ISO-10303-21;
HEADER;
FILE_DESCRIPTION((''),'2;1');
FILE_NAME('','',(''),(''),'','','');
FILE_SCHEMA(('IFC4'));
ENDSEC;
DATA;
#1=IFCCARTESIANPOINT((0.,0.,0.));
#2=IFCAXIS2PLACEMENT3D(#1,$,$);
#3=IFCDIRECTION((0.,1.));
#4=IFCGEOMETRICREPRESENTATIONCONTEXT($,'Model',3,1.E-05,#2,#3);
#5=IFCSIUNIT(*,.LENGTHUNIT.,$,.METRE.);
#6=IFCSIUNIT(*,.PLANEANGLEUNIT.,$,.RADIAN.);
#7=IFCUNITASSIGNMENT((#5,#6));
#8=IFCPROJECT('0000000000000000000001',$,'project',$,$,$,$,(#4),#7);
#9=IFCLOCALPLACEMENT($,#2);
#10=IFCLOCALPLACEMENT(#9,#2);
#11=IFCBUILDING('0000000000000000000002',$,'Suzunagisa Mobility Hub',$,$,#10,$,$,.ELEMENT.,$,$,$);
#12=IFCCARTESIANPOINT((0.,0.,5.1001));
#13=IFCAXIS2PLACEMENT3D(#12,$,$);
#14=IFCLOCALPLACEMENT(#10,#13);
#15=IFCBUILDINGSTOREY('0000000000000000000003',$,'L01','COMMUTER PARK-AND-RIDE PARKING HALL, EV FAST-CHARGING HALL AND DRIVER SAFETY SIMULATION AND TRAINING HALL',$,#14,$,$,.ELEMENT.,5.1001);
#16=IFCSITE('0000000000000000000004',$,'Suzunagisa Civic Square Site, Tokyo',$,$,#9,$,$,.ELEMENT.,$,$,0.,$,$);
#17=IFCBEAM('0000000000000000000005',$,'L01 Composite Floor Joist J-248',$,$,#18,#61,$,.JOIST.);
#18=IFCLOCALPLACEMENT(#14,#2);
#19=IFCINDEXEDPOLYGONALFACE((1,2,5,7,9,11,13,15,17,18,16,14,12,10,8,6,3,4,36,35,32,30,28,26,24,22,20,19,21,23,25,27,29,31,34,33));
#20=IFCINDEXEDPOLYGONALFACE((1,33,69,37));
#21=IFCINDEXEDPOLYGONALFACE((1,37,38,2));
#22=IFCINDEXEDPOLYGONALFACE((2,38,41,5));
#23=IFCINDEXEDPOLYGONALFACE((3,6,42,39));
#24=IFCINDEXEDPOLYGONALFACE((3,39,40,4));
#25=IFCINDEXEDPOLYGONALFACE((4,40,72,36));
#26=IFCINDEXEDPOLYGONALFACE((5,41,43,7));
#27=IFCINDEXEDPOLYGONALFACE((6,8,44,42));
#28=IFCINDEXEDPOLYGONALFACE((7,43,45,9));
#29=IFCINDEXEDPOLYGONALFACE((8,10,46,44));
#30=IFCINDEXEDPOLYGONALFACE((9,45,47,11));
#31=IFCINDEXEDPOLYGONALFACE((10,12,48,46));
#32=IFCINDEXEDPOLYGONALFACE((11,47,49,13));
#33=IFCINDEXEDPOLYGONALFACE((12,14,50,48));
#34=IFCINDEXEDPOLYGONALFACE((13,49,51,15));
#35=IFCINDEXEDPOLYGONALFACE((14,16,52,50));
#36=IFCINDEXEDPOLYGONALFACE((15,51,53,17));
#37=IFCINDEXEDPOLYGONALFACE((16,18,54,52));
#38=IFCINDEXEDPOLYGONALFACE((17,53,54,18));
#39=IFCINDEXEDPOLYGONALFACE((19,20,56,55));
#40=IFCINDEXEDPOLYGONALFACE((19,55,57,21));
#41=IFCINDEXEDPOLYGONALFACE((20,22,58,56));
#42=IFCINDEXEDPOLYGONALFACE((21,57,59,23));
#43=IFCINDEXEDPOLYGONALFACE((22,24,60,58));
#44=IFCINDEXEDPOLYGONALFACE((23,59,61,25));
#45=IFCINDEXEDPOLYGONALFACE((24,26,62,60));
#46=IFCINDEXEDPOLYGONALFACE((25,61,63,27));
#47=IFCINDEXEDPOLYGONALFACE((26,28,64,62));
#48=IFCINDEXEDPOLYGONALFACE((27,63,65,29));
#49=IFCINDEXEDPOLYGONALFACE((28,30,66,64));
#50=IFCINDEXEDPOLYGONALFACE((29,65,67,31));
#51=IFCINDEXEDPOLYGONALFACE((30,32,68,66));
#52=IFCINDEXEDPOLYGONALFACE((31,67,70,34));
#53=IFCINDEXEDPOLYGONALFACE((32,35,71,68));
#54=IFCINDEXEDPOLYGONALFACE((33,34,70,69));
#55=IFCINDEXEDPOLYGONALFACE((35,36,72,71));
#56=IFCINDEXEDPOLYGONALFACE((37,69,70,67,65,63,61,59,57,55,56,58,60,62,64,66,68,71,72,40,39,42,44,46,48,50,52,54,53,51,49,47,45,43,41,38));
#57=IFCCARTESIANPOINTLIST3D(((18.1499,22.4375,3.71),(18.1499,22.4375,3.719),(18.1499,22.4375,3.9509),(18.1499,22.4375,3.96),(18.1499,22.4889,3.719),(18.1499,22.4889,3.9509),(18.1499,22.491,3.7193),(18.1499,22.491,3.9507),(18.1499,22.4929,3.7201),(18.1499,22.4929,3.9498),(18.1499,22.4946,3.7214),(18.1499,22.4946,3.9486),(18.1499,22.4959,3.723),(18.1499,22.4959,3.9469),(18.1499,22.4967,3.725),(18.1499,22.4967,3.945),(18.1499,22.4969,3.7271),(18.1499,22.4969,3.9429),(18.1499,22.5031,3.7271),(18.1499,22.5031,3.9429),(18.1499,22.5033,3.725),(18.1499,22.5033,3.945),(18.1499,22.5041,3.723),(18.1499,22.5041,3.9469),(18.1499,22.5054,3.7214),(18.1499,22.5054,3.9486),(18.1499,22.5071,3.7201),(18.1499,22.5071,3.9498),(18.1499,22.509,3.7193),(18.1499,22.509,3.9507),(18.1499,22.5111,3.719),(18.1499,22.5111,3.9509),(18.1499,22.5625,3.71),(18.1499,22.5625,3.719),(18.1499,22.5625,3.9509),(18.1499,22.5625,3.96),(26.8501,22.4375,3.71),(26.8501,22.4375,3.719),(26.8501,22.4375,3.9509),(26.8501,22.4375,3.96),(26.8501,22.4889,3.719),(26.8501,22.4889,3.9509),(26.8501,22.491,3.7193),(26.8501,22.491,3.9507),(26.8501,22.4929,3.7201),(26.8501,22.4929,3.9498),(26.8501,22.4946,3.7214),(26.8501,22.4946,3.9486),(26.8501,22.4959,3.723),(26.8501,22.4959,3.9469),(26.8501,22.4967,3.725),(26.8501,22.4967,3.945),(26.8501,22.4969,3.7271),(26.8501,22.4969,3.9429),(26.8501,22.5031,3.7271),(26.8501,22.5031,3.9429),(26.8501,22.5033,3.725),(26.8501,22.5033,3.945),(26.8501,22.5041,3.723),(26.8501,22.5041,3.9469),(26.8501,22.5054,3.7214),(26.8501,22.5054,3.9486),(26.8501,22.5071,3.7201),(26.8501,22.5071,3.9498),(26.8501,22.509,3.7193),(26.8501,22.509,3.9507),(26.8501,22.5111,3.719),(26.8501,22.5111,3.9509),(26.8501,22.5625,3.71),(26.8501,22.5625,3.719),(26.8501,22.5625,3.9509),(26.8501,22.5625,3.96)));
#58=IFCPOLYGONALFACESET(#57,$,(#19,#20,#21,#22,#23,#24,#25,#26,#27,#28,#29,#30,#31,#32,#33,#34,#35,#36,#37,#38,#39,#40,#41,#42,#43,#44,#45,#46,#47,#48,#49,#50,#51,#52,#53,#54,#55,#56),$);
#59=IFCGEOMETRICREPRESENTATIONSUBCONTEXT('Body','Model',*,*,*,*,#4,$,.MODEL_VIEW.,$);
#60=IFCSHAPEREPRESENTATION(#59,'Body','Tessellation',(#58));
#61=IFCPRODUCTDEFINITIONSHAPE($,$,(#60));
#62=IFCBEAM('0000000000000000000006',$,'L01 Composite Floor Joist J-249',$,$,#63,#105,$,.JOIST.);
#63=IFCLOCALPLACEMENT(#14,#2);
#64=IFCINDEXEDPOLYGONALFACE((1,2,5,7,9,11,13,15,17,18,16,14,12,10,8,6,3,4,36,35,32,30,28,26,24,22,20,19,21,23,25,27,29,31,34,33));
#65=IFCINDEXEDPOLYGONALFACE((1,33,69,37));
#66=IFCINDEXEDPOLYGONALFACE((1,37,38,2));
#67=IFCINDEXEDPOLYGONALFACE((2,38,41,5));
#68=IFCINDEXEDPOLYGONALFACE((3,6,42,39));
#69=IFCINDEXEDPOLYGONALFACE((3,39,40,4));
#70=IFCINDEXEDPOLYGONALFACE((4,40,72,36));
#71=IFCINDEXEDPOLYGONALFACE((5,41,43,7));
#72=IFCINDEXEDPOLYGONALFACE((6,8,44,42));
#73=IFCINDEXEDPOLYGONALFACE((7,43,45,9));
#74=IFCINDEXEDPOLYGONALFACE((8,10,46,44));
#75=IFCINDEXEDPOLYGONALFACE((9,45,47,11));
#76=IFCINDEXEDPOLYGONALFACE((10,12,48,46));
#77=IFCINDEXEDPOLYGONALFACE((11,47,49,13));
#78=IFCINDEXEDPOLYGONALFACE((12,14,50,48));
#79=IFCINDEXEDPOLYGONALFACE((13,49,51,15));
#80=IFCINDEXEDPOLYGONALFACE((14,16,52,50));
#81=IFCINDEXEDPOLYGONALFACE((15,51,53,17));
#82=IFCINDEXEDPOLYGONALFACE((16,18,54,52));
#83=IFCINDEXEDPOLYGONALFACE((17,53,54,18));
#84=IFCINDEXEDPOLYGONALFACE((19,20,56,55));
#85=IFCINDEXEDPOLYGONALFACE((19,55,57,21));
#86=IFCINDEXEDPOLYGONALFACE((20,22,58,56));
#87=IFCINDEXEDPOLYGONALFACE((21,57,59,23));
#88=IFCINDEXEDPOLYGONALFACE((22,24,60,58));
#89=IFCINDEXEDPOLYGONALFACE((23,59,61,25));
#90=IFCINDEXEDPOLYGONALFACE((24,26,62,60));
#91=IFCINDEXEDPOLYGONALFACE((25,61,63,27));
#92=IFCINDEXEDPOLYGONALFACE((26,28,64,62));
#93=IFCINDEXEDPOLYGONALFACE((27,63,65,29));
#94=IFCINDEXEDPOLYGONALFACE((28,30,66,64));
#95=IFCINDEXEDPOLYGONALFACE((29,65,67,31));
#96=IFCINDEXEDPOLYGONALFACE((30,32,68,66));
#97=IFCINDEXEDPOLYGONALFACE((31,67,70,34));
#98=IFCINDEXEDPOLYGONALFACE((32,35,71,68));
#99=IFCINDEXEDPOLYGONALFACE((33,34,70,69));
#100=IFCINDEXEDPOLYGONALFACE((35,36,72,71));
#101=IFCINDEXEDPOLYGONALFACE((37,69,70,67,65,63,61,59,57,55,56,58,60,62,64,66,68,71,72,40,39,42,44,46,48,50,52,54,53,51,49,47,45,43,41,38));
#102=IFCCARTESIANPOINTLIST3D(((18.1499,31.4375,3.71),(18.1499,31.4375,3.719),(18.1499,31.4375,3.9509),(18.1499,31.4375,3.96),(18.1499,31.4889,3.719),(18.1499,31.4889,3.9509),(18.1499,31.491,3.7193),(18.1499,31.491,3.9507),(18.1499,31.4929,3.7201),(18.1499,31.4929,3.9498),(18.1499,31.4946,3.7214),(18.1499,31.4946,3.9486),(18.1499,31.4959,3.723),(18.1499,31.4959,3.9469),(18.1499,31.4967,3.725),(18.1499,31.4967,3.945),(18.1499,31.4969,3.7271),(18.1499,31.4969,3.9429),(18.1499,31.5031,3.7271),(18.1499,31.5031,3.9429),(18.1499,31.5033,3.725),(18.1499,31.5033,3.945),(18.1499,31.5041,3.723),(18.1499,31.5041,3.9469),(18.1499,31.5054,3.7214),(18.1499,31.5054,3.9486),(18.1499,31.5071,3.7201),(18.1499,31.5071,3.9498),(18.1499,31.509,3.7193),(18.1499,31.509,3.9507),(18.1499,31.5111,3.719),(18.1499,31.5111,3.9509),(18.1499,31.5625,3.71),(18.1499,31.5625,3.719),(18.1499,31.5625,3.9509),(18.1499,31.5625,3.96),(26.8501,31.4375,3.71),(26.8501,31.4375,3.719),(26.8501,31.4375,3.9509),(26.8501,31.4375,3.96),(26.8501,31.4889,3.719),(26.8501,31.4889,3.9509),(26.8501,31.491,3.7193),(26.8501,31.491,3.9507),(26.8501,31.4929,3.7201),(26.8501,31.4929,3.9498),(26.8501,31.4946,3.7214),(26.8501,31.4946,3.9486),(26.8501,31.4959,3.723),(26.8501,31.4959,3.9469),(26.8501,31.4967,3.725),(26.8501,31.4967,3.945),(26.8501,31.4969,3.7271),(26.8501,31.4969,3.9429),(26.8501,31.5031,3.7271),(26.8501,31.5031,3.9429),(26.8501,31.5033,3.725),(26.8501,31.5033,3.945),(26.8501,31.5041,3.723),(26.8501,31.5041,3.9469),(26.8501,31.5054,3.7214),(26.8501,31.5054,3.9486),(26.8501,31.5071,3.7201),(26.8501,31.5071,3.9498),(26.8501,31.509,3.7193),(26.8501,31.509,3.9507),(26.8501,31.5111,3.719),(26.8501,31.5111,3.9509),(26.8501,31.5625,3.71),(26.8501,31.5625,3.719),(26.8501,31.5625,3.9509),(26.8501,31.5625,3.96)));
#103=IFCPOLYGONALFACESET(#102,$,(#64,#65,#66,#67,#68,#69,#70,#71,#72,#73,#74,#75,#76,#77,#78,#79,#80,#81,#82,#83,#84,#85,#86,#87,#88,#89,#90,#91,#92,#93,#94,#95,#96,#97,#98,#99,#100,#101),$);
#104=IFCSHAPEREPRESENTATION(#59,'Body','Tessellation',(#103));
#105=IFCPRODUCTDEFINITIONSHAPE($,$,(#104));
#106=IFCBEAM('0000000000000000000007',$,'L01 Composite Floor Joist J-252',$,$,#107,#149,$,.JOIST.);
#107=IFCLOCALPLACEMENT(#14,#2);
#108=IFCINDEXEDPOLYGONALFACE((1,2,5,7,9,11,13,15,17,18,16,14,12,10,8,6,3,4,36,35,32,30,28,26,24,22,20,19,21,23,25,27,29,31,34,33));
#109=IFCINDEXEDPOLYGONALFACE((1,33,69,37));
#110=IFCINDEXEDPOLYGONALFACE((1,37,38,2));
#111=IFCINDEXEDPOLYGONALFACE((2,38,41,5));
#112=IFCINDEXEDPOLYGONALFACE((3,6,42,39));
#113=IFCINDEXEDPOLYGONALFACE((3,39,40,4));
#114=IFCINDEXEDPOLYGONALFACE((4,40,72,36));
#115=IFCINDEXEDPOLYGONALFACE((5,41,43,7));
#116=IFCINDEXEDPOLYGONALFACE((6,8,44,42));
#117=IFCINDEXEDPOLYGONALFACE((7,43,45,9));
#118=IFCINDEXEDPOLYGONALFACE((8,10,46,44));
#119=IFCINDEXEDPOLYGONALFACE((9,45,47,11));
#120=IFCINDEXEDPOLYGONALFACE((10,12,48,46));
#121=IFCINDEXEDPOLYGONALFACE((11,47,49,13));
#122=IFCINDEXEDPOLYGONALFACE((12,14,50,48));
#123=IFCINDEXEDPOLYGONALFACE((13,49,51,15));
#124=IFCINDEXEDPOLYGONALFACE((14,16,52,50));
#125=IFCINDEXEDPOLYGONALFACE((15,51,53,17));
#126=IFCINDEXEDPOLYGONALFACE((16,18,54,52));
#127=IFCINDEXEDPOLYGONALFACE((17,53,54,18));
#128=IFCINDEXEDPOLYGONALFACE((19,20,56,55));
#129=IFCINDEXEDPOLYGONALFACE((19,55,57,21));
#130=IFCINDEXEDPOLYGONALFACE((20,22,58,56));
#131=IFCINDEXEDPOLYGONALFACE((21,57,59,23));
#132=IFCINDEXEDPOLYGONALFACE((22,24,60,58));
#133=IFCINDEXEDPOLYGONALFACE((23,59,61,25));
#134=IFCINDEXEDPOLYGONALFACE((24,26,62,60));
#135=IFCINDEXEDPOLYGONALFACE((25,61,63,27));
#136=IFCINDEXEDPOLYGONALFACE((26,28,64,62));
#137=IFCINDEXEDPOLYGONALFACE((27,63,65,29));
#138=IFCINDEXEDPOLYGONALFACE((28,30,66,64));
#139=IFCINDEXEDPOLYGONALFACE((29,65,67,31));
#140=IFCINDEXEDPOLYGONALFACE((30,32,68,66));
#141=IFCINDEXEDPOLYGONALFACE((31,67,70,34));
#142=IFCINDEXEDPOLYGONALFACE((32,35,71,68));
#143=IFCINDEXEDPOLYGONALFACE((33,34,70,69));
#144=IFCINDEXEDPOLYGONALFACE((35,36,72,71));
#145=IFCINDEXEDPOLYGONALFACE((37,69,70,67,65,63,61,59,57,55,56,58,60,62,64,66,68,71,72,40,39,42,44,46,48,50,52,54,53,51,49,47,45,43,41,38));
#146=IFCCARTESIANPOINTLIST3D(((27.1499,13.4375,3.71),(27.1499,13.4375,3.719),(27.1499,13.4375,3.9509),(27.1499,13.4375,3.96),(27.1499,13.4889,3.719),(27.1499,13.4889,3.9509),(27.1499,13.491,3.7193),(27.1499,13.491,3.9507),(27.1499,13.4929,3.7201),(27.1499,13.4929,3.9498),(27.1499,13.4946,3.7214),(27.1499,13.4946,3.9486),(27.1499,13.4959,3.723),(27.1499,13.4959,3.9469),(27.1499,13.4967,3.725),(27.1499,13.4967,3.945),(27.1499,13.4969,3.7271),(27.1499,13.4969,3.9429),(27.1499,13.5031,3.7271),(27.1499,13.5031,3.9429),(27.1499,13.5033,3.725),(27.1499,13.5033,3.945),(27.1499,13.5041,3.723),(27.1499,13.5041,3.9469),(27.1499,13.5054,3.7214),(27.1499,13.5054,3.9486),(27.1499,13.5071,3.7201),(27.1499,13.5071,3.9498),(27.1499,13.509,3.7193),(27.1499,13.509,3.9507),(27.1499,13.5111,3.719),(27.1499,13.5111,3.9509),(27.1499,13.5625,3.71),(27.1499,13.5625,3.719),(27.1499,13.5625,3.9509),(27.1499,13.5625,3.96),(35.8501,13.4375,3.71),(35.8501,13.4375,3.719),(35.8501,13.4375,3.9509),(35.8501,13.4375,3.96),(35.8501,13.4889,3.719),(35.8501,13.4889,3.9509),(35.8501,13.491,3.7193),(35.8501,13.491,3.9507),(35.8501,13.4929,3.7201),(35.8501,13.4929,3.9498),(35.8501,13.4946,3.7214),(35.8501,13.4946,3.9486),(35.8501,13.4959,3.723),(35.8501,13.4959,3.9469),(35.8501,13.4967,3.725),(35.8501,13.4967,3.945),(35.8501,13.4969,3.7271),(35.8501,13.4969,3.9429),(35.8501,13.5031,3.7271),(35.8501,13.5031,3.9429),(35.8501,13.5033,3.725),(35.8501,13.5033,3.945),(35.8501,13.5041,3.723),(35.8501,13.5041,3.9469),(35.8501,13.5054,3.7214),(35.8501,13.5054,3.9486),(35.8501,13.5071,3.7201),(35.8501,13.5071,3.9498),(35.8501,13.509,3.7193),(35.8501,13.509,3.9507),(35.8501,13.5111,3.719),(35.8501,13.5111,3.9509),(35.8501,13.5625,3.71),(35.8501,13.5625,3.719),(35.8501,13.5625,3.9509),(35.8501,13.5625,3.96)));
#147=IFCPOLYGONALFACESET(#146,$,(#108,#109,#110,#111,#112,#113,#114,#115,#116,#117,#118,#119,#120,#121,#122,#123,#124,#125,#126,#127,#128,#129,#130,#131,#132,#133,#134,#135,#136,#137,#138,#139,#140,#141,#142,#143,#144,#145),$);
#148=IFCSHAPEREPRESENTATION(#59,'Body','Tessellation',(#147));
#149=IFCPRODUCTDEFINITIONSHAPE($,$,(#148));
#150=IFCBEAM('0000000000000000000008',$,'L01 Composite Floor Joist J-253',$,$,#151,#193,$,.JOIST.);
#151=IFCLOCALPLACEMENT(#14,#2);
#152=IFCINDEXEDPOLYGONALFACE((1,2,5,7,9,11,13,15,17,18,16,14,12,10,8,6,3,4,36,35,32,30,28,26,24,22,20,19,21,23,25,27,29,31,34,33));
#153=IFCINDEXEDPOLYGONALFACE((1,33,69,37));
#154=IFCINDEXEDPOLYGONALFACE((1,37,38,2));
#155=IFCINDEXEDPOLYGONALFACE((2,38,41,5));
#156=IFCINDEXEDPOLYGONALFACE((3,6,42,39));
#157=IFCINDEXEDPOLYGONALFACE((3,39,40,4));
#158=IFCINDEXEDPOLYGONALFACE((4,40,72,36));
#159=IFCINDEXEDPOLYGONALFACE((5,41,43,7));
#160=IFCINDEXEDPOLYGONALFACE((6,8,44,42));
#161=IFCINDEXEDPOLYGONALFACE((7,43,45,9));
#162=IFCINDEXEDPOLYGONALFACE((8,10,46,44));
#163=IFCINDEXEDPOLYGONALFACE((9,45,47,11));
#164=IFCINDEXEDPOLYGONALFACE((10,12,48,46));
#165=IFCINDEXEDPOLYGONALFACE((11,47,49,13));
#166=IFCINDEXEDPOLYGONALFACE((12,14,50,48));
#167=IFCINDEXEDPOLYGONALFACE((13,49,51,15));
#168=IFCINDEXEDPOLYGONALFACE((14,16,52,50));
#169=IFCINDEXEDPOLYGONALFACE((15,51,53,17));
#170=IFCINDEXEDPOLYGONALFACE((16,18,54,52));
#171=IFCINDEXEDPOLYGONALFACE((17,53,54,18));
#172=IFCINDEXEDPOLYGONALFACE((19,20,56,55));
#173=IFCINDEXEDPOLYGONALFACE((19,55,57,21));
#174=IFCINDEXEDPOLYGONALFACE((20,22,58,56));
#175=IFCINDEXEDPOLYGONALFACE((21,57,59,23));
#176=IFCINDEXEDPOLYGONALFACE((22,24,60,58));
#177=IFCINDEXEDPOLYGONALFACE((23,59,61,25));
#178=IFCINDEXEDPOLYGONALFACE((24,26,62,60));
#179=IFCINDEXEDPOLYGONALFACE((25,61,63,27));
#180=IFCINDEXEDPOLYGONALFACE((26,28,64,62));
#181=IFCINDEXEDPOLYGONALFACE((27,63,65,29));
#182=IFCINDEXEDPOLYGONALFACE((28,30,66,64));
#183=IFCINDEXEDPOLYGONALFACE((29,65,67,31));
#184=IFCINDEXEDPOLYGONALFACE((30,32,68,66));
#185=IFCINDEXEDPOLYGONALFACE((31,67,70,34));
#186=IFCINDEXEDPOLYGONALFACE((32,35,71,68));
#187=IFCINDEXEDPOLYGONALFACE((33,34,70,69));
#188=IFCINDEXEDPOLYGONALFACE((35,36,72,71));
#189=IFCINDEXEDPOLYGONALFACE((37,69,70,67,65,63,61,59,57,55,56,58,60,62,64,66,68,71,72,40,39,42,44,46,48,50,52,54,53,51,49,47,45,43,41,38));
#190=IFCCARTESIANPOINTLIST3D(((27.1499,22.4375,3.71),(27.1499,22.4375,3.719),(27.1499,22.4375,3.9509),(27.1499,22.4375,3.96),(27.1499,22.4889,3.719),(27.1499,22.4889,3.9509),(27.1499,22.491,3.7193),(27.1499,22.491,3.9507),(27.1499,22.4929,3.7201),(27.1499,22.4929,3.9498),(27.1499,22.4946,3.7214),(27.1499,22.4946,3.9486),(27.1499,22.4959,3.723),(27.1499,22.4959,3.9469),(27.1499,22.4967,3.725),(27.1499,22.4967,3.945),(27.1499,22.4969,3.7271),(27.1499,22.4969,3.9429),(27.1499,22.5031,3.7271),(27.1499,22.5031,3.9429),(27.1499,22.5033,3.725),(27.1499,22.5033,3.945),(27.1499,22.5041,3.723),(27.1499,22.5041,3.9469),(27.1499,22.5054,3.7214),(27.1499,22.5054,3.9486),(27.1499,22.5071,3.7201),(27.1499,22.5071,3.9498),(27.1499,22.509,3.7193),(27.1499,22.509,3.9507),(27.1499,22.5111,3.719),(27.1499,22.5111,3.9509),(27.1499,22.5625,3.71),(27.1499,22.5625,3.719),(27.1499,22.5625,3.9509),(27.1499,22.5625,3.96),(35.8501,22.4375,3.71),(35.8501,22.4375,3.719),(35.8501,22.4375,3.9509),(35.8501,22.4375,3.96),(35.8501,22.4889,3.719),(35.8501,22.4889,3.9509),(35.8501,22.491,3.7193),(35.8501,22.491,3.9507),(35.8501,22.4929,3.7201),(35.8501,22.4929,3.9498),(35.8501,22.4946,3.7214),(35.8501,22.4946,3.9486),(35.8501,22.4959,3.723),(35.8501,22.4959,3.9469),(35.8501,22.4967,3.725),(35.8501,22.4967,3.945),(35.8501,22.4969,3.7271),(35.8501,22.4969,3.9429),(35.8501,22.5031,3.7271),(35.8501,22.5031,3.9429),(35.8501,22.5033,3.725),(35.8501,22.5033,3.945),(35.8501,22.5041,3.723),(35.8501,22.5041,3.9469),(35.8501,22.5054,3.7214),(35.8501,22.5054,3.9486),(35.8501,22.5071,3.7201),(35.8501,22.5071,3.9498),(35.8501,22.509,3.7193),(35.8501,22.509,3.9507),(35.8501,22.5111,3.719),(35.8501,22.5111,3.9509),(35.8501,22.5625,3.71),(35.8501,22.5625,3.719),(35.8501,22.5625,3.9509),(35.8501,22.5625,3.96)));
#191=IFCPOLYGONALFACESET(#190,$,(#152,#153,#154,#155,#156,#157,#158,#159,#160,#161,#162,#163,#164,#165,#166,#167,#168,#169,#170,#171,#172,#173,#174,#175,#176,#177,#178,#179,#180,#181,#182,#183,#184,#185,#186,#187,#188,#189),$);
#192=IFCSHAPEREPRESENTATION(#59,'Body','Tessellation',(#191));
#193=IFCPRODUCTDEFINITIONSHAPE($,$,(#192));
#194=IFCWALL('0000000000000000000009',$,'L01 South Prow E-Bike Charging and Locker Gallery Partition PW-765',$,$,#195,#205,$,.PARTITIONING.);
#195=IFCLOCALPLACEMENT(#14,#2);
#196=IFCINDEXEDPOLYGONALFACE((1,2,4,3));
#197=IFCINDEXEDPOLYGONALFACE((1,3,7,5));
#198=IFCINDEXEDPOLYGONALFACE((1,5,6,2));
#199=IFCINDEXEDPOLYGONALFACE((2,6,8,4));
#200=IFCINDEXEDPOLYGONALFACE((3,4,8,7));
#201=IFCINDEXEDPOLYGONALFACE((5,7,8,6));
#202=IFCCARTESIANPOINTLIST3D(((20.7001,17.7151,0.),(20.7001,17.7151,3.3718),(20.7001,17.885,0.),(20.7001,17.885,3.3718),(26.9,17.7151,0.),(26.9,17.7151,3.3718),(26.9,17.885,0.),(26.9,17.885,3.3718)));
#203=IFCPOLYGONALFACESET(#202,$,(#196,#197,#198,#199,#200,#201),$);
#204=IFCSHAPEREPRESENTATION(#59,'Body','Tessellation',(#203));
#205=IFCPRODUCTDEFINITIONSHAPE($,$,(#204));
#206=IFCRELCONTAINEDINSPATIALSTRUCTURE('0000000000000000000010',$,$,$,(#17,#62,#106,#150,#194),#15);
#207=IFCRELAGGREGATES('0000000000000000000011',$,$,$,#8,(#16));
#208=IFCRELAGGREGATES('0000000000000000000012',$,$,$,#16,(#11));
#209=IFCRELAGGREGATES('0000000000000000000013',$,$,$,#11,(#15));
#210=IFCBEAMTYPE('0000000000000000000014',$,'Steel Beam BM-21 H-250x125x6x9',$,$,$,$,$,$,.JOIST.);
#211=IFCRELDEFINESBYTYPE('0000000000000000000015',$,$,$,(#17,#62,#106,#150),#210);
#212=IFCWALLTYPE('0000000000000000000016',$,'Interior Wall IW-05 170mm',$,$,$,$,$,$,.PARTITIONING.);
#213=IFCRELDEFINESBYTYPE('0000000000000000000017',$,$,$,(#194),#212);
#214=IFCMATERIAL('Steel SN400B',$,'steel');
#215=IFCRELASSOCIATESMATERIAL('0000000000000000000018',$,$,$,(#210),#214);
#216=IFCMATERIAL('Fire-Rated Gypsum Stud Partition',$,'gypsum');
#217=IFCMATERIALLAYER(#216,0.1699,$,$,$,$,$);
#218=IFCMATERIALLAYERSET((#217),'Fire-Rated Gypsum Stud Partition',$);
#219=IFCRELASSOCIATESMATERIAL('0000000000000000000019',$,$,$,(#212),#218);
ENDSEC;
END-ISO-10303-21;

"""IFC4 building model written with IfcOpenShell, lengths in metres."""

from ifc_helpers import new_model, si_unit, direction, frame, frame_2d, origin, origin_2d, place, context, subcontext, project, spatial, rectangle, i_section, extrude, material, layer, layer_set, material_profile, profile_set, type_object, element, save


model = new_model("IFC4")

# Units and contexts
model_context = context("Model", 3, precision=1e-05, world=origin(), true_north=direction((0.0, 1.0)))
body_context = subcontext(model_context, "Body", "Model", "MODEL_VIEW")
ifc_project = project(units=[si_unit("LENGTHUNIT", "METRE"), si_unit("PLANEANGLEUNIT", "RADIAN")], contexts=[model_context])

# Site, building, storey
site_placement = place(None, origin())
site = spatial("IfcSite", under=ifc_project, at=site_placement, Name="Suzunagisa Civic Square Site, Tokyo", CompositionType="ELEMENT", RefElevation=0.0)
building_placement = place(site_placement, origin())
building = spatial("IfcBuilding", under=site, at=building_placement, Name="Suzunagisa Mobility Hub", CompositionType="ELEMENT")
storey_placement = place(building_placement, frame((0.0, 0.0, 5.1001)))
storey = spatial("IfcBuildingStorey", under=building, at=storey_placement, Name="L01", Description="COMMUTER PARK-AND-RIDE PARKING HALL, EV FAST-CHARGING HALL AND DRIVER SAFETY SIMULATION AND TRAINING HALL", CompositionType="ELEMENT", Elevation=5.1001)

# Beams
ifc_material_1 = material(Name="Steel SN400B", Category="steel")
ifc_material_profile_1 = material_profile(ifc_material_1, i_section(OverallWidth=0.125, OverallDepth=0.25, WebThickness=0.0061, FlangeThickness=0.009, FilletRadius=0.0081, at=origin_2d()), Name="H-250x125x6x9")
ifc_profile_set_1 = profile_set([ifc_material_profile_1], Name="Steel SN400B")
beam_type_1 = type_object("IfcBeamType", Name="Steel Beam BM-21 H-250x125x6x9", PredefinedType="JOIST", material=ifc_profile_set_1)
for number, where, z_axis, x_axis, name in (
    (1, (18.1499, 22.5, 3.835), (1.0, 0.0, 0.0), (0.0, 1.0, 0.0), "L01 Composite Floor Joist J-248"),
    (2, (18.1499, 31.5, 3.835), (1.0, 0.0, 0.0), (0.0, 1.0, 0.0), "L01 Composite Floor Joist J-249"),
    (3, (27.1499, 13.5, 3.835), (1.0, 0.0, 0.0), (0.0, 1.0, 0.0), "L01 Composite Floor Joist J-252"),
    (4, (27.1499, 22.5, 3.835), (1.0, 0.0, 0.0), (0.0, 1.0, 0.0), "L01 Composite Floor Joist J-253"),
):
    element("IfcBeam", number, at=place(storey_placement, frame(where, z_axis=z_axis, x_axis=x_axis)), inside=storey, type_object=beam_type_1, Name=name, PredefinedType="JOIST", context=body_context, shape_type="SweptSolid", body=[
        extrude(i_section(OverallWidth=0.125, OverallDepth=0.25, WebThickness=0.0061, FlangeThickness=0.009, FilletRadius=0.0081, at=origin_2d()), origin(), (0.0, 0.0, 1.0), 8.7002),
    ])

# Wall
ifc_material_2 = material(Name="Fire-Rated Gypsum Stud Partition", Category="gypsum")
ifc_layer_1 = layer(ifc_material_2, 0.1699)
ifc_layer_set_1 = layer_set([ifc_layer_1], Name="Fire-Rated Gypsum Stud Partition")
wall_type_1 = type_object("IfcWallType", Name="Interior Wall IW-05 170mm", PredefinedType="PARTITIONING", material=ifc_layer_set_1)
wall_1_placement = place(storey_placement, frame((20.7, 17.8, 0.0), z_axis=(0.0, 0.0, 1.0), x_axis=(1.0, 0.0, 0.0)))
element("IfcWall", 5, at=wall_1_placement, inside=storey, type_object=wall_type_1, Name="L01 South Prow E-Bike Charging and Locker Gallery Partition PW-765", PredefinedType="PARTITIONING", context=body_context, shape_type="SweptSolid", body=[
    extrude(rectangle(XDim=6.2, YDim=0.1699, at=frame_2d((3.1001, 0.0))), origin(), (0.0, 0.0, 1.0), 3.3718),
])

save(model, "model.ifc")
